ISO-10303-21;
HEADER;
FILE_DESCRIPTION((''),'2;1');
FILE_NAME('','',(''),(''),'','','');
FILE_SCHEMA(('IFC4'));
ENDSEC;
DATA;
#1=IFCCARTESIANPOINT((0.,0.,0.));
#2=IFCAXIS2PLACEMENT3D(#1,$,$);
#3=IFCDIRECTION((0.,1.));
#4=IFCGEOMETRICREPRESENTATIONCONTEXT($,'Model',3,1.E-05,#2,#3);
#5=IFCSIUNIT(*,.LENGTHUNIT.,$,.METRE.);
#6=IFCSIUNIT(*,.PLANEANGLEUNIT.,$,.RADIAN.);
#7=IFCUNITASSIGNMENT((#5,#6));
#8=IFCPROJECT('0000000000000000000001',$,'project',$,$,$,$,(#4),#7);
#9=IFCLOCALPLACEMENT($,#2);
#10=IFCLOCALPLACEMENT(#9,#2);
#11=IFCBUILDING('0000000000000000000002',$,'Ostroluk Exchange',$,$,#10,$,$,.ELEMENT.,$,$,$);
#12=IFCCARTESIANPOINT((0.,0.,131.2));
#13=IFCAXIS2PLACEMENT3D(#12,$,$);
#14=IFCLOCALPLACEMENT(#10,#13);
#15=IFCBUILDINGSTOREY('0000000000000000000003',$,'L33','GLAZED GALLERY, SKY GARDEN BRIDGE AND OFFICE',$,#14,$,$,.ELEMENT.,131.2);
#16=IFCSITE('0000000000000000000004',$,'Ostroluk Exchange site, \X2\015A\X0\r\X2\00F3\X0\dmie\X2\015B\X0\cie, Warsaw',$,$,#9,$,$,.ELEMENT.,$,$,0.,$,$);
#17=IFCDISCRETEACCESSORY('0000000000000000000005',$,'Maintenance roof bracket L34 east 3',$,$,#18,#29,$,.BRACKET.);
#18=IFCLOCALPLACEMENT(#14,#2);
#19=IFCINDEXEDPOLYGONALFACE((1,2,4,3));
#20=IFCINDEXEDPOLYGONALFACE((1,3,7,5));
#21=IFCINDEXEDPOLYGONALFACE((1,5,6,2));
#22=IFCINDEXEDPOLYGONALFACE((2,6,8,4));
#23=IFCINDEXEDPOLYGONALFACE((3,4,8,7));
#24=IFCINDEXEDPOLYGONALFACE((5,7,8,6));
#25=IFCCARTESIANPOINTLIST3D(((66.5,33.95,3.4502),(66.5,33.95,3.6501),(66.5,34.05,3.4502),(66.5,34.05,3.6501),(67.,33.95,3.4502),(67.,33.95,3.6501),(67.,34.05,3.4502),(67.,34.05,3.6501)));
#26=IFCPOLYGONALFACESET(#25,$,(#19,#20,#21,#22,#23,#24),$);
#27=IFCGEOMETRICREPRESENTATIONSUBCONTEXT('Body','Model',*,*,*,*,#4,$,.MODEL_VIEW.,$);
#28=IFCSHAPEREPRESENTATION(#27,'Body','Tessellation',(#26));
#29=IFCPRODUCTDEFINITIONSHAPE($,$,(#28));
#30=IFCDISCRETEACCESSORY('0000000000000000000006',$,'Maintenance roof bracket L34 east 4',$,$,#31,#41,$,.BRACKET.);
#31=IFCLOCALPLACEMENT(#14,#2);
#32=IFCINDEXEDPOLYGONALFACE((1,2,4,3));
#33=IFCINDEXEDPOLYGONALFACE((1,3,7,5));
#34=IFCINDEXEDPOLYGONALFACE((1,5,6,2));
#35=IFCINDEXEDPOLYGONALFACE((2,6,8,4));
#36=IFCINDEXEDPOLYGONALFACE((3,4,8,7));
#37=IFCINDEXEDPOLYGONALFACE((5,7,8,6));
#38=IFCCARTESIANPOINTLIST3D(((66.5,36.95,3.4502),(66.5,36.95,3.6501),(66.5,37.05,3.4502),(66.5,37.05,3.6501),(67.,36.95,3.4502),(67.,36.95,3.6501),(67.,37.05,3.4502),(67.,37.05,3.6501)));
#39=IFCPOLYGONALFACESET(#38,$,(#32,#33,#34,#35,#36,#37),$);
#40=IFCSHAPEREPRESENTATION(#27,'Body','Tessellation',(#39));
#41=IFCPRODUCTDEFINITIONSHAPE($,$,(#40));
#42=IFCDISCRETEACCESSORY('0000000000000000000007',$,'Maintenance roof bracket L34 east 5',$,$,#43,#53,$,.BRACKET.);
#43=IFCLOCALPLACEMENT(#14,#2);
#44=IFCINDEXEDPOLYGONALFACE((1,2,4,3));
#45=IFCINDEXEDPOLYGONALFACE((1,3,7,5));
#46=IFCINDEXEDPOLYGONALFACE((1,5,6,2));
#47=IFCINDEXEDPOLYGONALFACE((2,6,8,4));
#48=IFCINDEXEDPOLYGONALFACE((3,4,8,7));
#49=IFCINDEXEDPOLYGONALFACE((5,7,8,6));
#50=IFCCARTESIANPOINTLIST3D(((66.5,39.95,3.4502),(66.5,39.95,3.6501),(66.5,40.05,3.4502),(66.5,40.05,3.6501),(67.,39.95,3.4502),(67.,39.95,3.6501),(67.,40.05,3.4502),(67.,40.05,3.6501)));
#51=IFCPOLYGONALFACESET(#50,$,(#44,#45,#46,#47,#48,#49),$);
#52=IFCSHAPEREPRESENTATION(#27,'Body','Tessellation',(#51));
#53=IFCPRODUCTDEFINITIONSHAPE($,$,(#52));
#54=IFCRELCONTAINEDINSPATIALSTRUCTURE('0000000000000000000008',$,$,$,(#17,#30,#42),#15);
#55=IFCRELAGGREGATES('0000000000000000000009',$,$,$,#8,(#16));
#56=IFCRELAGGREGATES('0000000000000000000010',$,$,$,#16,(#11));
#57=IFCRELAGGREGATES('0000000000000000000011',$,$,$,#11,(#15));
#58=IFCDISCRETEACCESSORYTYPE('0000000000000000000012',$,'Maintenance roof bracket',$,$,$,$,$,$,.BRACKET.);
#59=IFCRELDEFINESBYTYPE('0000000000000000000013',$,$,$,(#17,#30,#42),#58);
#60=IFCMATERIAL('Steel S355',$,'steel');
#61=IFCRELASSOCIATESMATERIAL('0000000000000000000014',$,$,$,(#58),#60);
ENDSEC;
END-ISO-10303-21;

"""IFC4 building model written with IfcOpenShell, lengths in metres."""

from ifc_helpers import new_model, si_unit, direction, frame, origin, origin_2d, place, context, subcontext, project, spatial, rectangle, extrude, material, type_object, element, save


model = new_model("IFC4")

# Units and contexts
model_context = context("Model", 3, precision=1e-05, world=origin(), true_north=direction((0.0, 1.0)))
body_context = subcontext(model_context, "Body", "Model", "MODEL_VIEW")
ifc_project = project(units=[si_unit("LENGTHUNIT", "METRE"), si_unit("PLANEANGLEUNIT", "RADIAN")], contexts=[model_context])

# Site, building, storey
site_placement = place(None, origin())
site = spatial("IfcSite", under=ifc_project, at=site_placement, Name="Ostroluk Exchange site, Śródmieście, Warsaw", CompositionType="ELEMENT", RefElevation=0.0)
building_placement = place(site_placement, origin())
building = spatial("IfcBuilding", under=site, at=building_placement, Name="Ostroluk Exchange", CompositionType="ELEMENT")
storey_placement = place(building_placement, frame((0.0, 0.0, 131.2)))
storey = spatial("IfcBuildingStorey", under=building, at=storey_placement, Name="L33", Description="GLAZED GALLERY, SKY GARDEN BRIDGE AND OFFICE", CompositionType="ELEMENT", Elevation=131.2)

# Discrete accessories
ifc_material_1 = material(Name="Steel S355", Category="steel")
discrete_accessory_type = type_object("IfcDiscreteAccessoryType", Name="Maintenance roof bracket", PredefinedType="BRACKET", material=ifc_material_1)
for number, where, z_axis, x_axis, name in (
    (1, (66.75, 34.0, 3.4502), (0.0, 0.0, 1.0), (1.0, 0.0, 0.0), "Maintenance roof bracket L34 east 3"),
    (2, (66.75, 37.0, 3.4502), (0.0, 0.0, 1.0), (1.0, 0.0, 0.0), "Maintenance roof bracket L34 east 4"),
    (3, (66.75, 40.0, 3.4502), (0.0, 0.0, 1.0), (1.0, 0.0, 0.0), "Maintenance roof bracket L34 east 5"),
):
    element("IfcDiscreteAccessory", number, at=place(storey_placement, frame(where, z_axis=z_axis, x_axis=x_axis)), inside=storey, type_object=discrete_accessory_type, Name=name, PredefinedType="BRACKET", context=body_context, shape_type="SweptSolid", body=[
        extrude(rectangle(XDim=0.5, YDim=0.1001, at=origin_2d()), origin(), (0.0, 0.0, 1.0), 0.2),
    ])

save(model, "model.ifc")
